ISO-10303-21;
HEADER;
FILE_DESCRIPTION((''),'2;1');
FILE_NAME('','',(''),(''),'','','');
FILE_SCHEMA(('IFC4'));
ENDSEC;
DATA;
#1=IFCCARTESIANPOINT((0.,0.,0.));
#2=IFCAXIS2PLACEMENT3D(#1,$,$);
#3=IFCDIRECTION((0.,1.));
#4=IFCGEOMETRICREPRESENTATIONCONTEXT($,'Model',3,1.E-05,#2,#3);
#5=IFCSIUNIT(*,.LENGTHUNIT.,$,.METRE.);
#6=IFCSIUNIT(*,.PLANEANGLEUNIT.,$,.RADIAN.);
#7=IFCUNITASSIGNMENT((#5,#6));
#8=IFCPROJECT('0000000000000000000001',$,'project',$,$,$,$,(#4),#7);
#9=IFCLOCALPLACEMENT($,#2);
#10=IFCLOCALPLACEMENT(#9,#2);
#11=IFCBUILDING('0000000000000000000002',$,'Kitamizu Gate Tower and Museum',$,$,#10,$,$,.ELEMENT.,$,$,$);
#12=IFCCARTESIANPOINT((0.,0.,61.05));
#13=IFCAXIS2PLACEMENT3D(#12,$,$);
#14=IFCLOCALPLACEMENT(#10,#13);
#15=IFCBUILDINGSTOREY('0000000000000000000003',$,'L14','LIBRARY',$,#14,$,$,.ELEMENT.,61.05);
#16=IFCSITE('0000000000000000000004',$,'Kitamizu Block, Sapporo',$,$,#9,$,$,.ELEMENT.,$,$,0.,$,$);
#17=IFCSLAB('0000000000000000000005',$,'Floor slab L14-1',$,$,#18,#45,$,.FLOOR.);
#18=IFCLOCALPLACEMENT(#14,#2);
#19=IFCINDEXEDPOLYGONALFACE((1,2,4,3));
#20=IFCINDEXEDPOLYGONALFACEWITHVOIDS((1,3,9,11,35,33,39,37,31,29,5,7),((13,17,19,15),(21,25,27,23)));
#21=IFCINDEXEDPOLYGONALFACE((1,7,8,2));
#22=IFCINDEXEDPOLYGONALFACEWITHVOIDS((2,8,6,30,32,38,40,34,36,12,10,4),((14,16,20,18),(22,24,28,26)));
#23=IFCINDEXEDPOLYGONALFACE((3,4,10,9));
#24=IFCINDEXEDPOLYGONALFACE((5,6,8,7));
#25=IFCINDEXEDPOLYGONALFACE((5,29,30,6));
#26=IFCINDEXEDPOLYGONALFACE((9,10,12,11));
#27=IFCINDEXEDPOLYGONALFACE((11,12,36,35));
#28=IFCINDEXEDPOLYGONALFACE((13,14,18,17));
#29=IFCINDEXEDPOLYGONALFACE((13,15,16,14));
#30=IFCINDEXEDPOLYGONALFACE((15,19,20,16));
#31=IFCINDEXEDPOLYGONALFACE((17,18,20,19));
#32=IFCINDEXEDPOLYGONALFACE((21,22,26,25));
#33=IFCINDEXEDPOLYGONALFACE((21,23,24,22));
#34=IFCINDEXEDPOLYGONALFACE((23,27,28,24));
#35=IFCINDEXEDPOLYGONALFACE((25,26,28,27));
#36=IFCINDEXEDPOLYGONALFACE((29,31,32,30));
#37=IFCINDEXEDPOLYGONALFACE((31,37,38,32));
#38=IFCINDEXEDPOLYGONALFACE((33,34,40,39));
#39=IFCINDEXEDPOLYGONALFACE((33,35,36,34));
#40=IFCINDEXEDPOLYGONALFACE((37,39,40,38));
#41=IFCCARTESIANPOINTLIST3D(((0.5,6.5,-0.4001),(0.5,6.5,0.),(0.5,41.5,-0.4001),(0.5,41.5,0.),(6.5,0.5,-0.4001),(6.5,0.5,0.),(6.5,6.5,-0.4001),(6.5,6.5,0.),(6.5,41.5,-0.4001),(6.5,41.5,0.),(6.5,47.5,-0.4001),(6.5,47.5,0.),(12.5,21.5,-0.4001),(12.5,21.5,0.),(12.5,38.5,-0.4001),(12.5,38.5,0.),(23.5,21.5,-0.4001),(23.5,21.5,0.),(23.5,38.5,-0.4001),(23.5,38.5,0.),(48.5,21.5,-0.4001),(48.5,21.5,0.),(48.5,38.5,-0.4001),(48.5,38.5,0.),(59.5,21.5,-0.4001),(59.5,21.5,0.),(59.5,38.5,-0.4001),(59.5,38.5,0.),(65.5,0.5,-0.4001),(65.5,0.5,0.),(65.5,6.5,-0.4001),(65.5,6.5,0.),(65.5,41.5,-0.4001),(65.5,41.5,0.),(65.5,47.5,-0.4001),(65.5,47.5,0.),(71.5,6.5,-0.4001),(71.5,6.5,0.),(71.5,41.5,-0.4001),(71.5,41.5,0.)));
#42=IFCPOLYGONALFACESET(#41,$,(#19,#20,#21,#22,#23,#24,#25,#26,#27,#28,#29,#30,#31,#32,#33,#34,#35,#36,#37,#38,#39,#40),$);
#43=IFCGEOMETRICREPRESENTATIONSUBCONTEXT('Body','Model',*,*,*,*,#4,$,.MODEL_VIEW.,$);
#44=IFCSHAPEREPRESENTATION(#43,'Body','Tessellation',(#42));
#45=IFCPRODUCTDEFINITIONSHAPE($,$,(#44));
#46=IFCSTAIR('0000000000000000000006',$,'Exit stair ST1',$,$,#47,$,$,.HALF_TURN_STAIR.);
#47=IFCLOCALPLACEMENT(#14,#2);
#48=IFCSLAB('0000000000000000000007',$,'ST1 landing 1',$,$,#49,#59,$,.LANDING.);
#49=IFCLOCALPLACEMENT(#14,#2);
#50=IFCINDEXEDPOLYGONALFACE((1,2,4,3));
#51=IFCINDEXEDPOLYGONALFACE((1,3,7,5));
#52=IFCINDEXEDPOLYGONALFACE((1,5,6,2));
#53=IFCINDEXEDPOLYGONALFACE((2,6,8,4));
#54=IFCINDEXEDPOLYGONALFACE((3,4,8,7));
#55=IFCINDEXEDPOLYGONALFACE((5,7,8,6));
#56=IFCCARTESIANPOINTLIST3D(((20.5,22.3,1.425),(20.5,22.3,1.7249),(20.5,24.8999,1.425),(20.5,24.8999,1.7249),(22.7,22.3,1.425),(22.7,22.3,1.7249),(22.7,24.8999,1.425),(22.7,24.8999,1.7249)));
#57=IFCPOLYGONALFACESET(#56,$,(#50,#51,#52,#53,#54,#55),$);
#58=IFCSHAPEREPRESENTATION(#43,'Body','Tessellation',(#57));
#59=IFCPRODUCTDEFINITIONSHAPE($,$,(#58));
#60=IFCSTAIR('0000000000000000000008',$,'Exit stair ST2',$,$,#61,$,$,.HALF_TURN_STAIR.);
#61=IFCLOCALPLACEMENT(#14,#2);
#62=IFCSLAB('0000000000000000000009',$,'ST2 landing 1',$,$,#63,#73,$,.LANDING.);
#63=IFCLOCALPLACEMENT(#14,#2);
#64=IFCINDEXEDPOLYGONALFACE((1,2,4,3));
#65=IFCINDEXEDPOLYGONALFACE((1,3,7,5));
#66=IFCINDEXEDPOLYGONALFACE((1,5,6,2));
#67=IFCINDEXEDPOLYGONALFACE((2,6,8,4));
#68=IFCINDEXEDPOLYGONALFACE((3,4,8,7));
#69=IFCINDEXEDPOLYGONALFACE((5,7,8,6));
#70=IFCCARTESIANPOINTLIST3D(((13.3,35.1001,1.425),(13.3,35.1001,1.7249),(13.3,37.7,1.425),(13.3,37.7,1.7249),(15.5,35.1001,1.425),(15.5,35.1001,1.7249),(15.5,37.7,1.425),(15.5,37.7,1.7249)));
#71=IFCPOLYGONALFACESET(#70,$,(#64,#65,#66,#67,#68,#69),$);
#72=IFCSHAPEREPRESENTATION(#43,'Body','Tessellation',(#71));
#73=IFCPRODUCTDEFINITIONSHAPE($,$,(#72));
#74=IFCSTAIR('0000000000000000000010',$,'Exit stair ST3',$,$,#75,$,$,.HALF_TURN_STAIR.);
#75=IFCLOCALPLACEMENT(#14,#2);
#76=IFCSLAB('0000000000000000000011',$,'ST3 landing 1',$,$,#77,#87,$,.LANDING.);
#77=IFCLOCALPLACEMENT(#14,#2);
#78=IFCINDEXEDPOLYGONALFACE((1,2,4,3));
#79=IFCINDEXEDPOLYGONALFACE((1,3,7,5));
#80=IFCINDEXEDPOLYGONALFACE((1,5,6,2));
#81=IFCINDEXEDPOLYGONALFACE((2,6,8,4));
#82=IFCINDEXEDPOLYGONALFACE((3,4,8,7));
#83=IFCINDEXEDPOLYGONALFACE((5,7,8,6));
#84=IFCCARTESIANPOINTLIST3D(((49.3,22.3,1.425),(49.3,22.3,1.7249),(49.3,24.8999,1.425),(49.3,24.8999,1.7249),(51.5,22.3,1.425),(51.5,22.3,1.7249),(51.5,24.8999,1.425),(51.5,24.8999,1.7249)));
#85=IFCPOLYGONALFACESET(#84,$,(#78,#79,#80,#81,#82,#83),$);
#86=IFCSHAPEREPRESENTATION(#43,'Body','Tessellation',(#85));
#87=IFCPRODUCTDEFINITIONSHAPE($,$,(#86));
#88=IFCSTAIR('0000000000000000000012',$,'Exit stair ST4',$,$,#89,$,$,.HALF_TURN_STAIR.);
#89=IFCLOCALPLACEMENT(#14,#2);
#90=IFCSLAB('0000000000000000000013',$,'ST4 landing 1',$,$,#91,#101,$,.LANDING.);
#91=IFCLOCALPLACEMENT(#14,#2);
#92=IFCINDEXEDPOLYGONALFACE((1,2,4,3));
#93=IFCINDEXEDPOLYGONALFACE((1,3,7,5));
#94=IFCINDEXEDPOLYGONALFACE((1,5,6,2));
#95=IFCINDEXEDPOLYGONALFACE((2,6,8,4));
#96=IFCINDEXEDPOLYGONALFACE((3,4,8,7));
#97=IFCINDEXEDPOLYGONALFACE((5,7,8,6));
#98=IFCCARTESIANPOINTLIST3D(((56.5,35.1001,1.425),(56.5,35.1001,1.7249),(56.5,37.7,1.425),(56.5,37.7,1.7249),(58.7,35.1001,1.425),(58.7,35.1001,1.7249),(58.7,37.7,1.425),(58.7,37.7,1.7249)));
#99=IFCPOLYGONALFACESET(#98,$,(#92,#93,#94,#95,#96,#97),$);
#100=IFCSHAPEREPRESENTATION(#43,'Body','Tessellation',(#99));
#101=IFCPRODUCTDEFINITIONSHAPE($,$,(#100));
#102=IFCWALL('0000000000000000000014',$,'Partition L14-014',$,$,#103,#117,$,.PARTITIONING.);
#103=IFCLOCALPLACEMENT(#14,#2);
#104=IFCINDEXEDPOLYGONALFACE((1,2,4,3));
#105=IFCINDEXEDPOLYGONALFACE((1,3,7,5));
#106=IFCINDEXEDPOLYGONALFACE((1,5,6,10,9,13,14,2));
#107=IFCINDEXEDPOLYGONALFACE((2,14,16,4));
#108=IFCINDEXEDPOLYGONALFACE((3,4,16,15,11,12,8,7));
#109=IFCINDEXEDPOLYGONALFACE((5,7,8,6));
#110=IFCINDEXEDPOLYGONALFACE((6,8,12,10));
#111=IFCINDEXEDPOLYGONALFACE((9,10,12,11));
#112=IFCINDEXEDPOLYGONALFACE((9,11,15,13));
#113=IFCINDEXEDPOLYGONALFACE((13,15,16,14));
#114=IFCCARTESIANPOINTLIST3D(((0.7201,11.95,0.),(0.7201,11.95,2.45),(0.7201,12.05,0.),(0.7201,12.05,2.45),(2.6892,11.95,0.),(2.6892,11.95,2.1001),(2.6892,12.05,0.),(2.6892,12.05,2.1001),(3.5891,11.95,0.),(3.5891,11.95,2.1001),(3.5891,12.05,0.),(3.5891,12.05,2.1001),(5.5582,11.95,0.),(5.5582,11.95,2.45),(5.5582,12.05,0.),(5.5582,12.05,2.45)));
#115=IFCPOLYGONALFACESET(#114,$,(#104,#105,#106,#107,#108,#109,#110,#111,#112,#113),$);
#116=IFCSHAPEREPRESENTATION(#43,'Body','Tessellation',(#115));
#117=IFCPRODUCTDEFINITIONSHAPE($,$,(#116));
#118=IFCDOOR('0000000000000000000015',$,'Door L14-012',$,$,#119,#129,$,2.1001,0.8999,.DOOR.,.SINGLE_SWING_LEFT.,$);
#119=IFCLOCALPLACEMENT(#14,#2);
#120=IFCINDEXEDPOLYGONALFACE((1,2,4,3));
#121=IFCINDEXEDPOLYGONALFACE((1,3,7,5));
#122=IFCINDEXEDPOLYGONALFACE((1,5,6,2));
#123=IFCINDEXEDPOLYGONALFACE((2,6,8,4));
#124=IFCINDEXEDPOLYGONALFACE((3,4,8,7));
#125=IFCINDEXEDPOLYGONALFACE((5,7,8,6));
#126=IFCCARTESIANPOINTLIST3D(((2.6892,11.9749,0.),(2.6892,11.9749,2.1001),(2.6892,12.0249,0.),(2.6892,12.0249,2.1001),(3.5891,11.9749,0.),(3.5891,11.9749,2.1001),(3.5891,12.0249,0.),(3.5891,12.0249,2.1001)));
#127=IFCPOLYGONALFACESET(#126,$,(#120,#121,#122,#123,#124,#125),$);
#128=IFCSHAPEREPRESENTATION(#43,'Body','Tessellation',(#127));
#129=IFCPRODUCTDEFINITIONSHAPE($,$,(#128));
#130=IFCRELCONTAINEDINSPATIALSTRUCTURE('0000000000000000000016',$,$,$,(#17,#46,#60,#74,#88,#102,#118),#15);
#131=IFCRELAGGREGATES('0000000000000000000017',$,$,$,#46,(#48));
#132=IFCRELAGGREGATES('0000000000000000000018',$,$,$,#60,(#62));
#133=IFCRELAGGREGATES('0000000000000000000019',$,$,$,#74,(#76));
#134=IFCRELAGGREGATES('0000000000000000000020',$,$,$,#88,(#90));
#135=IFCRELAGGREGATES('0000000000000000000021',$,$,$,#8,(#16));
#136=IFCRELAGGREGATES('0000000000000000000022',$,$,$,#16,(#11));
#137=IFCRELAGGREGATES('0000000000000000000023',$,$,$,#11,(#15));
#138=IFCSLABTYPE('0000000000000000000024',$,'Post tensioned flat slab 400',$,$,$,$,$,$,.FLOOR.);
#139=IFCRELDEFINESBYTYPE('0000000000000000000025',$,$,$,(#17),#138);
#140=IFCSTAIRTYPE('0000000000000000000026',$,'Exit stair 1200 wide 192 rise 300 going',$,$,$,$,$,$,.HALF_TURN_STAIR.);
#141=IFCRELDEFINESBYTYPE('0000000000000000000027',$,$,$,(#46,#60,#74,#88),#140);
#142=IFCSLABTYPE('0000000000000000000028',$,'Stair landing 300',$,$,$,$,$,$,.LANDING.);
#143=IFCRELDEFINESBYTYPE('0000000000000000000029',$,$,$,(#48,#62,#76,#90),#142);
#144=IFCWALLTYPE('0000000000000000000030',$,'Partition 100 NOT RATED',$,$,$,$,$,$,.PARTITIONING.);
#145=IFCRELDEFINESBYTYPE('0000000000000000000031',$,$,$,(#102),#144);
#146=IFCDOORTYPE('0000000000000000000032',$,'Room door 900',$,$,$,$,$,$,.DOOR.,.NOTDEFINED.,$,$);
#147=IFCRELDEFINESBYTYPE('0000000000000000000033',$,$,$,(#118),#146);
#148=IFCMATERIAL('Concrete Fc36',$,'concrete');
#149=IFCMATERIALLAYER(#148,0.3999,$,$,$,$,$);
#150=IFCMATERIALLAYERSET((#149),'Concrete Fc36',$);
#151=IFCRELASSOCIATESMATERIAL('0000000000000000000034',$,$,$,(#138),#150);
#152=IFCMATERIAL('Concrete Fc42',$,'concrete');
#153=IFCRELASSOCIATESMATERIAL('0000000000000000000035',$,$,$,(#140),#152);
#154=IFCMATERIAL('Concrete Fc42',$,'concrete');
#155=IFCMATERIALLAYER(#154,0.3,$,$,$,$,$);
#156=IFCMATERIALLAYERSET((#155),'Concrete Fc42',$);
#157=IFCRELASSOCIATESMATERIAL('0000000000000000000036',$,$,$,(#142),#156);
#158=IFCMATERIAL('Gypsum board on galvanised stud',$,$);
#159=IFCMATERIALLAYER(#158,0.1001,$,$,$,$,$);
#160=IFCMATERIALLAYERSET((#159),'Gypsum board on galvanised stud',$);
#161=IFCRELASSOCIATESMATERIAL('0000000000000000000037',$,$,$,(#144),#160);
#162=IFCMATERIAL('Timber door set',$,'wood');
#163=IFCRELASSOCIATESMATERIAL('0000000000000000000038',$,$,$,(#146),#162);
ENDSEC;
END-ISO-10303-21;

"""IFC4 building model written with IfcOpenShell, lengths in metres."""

from ifc_helpers import new_model, si_unit, direction, frame, frame_2d, origin, place, context, subcontext, project, spatial, polyline, rectangle, outline, extrude, material, layer, layer_set, type_object, element, fill, aggregate, save


model = new_model("IFC4")

# Units and contexts
model_context = context("Model", 3, precision=1e-05, world=origin(), true_north=direction((0.0, 1.0)))
body_context = subcontext(model_context, "Body", "Model", "MODEL_VIEW")
ifc_project = project(units=[si_unit("LENGTHUNIT", "METRE"), si_unit("PLANEANGLEUNIT", "RADIAN")], contexts=[model_context])

# Site, building, storey
site_placement = place(None, origin())
site = spatial("IfcSite", under=ifc_project, at=site_placement, Name="Kitamizu Block, Sapporo", CompositionType="ELEMENT", RefElevation=0.0)
building_placement = place(site_placement, origin())
building = spatial("IfcBuilding", under=site, at=building_placement, Name="Kitamizu Gate Tower and Museum", CompositionType="ELEMENT")
storey_placement = place(building_placement, frame((0.0, 0.0, 61.05)))
storey = spatial("IfcBuildingStorey", under=building, at=storey_placement, Name="L14", Description="LIBRARY", CompositionType="ELEMENT", Elevation=61.05)

# Slab
ifc_material_1 = material(Name="Concrete Fc36", Category="concrete")
ifc_layer_1 = layer(ifc_material_1, 0.3999)
ifc_layer_set_1 = layer_set([ifc_layer_1], Name="Concrete Fc36")
slab_type_1 = type_object("IfcSlabType", Name="Post tensioned flat slab 400", PredefinedType="FLOOR", material=ifc_layer_set_1)
slab_1_placement = place(storey_placement, frame((0.0, 0.0, -0.4001)))
element("IfcSlab", 1, at=slab_1_placement, inside=storey, type_object=slab_type_1, Name="Floor slab L14-1", PredefinedType="FLOOR", context=body_context, shape_type="SweptSolid", body=[
    extrude(outline(polyline([(0.5, 6.5), (0.5, 41.5), (6.5, 41.5), (6.5, 47.5), (65.5, 47.5), (65.5, 41.5), (71.5, 41.5), (71.5, 6.5), (65.5, 6.5), (65.5, 0.5), (6.5, 0.5), (6.5, 6.5), (0.5, 6.5)]), holes=[polyline([(59.5, 38.5), (48.5, 38.5), (48.5, 21.5), (59.5, 21.5), (59.5, 38.5)]), polyline([(12.5, 38.5), (12.5, 21.5), (23.5, 21.5), (23.5, 38.5), (12.5, 38.5)])]), origin(), (0.0, 0.0, 1.0), 0.4001),
])

# Stairs, slabs
ifc_material_2 = material(Name="Concrete Fc42", Category="concrete")
stair_type = type_object("IfcStairType", Name="Exit stair 1200 wide 192 rise 300 going", PredefinedType="HALF_TURN_STAIR", material=ifc_material_2)
stair_1_placement = place(storey_placement, origin())
stair_1 = element("IfcStair", 2, at=stair_1_placement, inside=storey, type_object=stair_type, Name="Exit stair ST1", PredefinedType="HALF_TURN_STAIR")
ifc_material_3 = material(Name="Concrete Fc42", Category="concrete")
ifc_layer_2 = layer(ifc_material_3, 0.3)
ifc_layer_set_2 = layer_set([ifc_layer_2], Name="Concrete Fc42")
slab_type_2 = type_object("IfcSlabType", Name="Stair landing 300", PredefinedType="LANDING", material=ifc_layer_set_2)
slab_2_placement = place(storey_placement, frame((0.0, 0.0, 1.425)))
slab_2 = element("IfcSlab", 3, at=slab_2_placement, type_object=slab_type_2, Name="ST1 landing 1", PredefinedType="LANDING", context=body_context, shape_type="SweptSolid", body=[
    extrude(outline(polyline([(20.5, 22.3), (22.7, 22.3), (22.7, 24.8999), (20.5, 24.8999), (20.5, 22.3)])), origin(), (0.0, 0.0, 1.0), 0.2998),
])
aggregate(stair_1, [slab_2])
stair_2_placement = place(storey_placement, origin())
stair_2 = element("IfcStair", 4, at=stair_2_placement, inside=storey, type_object=stair_type, Name="Exit stair ST2", PredefinedType="HALF_TURN_STAIR")
slab_3_placement = place(storey_placement, frame((0.0, 0.0, 1.425)))
slab_3 = element("IfcSlab", 5, at=slab_3_placement, type_object=slab_type_2, Name="ST2 landing 1", PredefinedType="LANDING", context=body_context, shape_type="SweptSolid", body=[
    extrude(outline(polyline([(13.3, 35.1001), (15.5, 35.1001), (15.5, 37.7), (13.3, 37.7), (13.3, 35.1001)])), origin(), (0.0, 0.0, 1.0), 0.2998),
])
aggregate(stair_2, [slab_3])
stair_3_placement = place(storey_placement, origin())
stair_3 = element("IfcStair", 6, at=stair_3_placement, inside=storey, type_object=stair_type, Name="Exit stair ST3", PredefinedType="HALF_TURN_STAIR")
slab_4_placement = place(storey_placement, frame((0.0, 0.0, 1.425)))
slab_4 = element("IfcSlab", 7, at=slab_4_placement, type_object=slab_type_2, Name="ST3 landing 1", PredefinedType="LANDING", context=body_context, shape_type="SweptSolid", body=[
    extrude(outline(polyline([(49.3, 22.3), (51.5, 22.3), (51.5, 24.8999), (49.3, 24.8999), (49.3, 22.3)])), origin(), (0.0, 0.0, 1.0), 0.2998),
])
aggregate(stair_3, [slab_4])
stair_4_placement = place(storey_placement, origin())
stair_4 = element("IfcStair", 8, at=stair_4_placement, inside=storey, type_object=stair_type, Name="Exit stair ST4", PredefinedType="HALF_TURN_STAIR")
slab_5_placement = place(storey_placement, frame((0.0, 0.0, 1.425)))
slab_5 = element("IfcSlab", 9, at=slab_5_placement, type_object=slab_type_2, Name="ST4 landing 1", PredefinedType="LANDING", context=body_context, shape_type="SweptSolid", body=[
    extrude(outline(polyline([(56.5, 35.1001), (58.7, 35.1001), (58.7, 37.7), (56.5, 37.7), (56.5, 35.1001)])), origin(), (0.0, 0.0, 1.0), 0.2998),
])
aggregate(stair_4, [slab_5])

# Wall, opening, door
ifc_material_4 = material(Name="Gypsum board on galvanised stud")
ifc_layer_3 = layer(ifc_material_4, 0.1001)
ifc_layer_set_3 = layer_set([ifc_layer_3], Name="Gypsum board on galvanised stud")
wall_type_1 = type_object("IfcWallType", Name="Partition 100 NOT RATED", PredefinedType="PARTITIONING", material=ifc_layer_set_3)
wall_1_placement = place(storey_placement, frame((5.5581, 12.0, 0.0), z_axis=(0.0, 0.0, 1.0), x_axis=(-1.0, 0.0, 0.0)))
wall_1 = element("IfcWall", 10, at=wall_1_placement, inside=storey, type_object=wall_type_1, Name="Partition L14-014", PredefinedType="PARTITIONING", context=body_context, shape_type="SweptSolid", body=[
    extrude(rectangle(XDim=4.8381, YDim=0.1001, at=frame_2d((2.4189, 0.0))), origin(), (0.0, 0.0, 1.0), 2.45),
])
opening_1_placement = place(wall_1_placement, frame((1.969, 0.0, 0.0)))
opening_1 = element("IfcOpeningElement", 11, at=opening_1_placement, cuts=wall_1, PredefinedType="OPENING", context=body_context, shape_type="SweptSolid", body=[
    extrude(rectangle(XDim=0.8999, YDim=2.1001, at=frame_2d((0.45, 1.05))), frame((0.0, 0.0601, 0.0), z_axis=(0.0, -1.0, 0.0), x_axis=(1.0, 0.0, 0.0)), (0.0, 0.0, 1.0), 0.1201),
])
ifc_material_5 = material(Name="Timber door set", Category="wood")
door_type = type_object("IfcDoorType", Name="Room door 900", OperationType="NOTDEFINED", PredefinedType="DOOR", material=ifc_material_5)
door_placement = place(opening_1_placement, frame((0.8999, 0.0, 0.0), x_axis=(-1.0, 0.0, 0.0)))
door = element("IfcDoor", 12, at=door_placement, inside=storey, type_object=door_type, Name="Door L14-012", OperationType="SINGLE_SWING_LEFT", OverallHeight=2.1001, OverallWidth=0.8999, PredefinedType="DOOR", context=body_context, shape_type="SweptSolid", body=[
    extrude(rectangle(XDim=0.8999, YDim=2.1001, at=frame_2d((0.45, 1.05))), frame((0.0, 0.0249, 0.0), z_axis=(0.0, -1.0, 0.0), x_axis=(1.0, 0.0, 0.0)), (0.0, 0.0, 1.0), 0.05),
])
fill(opening_1, door)

save(model, "model.ifc")
